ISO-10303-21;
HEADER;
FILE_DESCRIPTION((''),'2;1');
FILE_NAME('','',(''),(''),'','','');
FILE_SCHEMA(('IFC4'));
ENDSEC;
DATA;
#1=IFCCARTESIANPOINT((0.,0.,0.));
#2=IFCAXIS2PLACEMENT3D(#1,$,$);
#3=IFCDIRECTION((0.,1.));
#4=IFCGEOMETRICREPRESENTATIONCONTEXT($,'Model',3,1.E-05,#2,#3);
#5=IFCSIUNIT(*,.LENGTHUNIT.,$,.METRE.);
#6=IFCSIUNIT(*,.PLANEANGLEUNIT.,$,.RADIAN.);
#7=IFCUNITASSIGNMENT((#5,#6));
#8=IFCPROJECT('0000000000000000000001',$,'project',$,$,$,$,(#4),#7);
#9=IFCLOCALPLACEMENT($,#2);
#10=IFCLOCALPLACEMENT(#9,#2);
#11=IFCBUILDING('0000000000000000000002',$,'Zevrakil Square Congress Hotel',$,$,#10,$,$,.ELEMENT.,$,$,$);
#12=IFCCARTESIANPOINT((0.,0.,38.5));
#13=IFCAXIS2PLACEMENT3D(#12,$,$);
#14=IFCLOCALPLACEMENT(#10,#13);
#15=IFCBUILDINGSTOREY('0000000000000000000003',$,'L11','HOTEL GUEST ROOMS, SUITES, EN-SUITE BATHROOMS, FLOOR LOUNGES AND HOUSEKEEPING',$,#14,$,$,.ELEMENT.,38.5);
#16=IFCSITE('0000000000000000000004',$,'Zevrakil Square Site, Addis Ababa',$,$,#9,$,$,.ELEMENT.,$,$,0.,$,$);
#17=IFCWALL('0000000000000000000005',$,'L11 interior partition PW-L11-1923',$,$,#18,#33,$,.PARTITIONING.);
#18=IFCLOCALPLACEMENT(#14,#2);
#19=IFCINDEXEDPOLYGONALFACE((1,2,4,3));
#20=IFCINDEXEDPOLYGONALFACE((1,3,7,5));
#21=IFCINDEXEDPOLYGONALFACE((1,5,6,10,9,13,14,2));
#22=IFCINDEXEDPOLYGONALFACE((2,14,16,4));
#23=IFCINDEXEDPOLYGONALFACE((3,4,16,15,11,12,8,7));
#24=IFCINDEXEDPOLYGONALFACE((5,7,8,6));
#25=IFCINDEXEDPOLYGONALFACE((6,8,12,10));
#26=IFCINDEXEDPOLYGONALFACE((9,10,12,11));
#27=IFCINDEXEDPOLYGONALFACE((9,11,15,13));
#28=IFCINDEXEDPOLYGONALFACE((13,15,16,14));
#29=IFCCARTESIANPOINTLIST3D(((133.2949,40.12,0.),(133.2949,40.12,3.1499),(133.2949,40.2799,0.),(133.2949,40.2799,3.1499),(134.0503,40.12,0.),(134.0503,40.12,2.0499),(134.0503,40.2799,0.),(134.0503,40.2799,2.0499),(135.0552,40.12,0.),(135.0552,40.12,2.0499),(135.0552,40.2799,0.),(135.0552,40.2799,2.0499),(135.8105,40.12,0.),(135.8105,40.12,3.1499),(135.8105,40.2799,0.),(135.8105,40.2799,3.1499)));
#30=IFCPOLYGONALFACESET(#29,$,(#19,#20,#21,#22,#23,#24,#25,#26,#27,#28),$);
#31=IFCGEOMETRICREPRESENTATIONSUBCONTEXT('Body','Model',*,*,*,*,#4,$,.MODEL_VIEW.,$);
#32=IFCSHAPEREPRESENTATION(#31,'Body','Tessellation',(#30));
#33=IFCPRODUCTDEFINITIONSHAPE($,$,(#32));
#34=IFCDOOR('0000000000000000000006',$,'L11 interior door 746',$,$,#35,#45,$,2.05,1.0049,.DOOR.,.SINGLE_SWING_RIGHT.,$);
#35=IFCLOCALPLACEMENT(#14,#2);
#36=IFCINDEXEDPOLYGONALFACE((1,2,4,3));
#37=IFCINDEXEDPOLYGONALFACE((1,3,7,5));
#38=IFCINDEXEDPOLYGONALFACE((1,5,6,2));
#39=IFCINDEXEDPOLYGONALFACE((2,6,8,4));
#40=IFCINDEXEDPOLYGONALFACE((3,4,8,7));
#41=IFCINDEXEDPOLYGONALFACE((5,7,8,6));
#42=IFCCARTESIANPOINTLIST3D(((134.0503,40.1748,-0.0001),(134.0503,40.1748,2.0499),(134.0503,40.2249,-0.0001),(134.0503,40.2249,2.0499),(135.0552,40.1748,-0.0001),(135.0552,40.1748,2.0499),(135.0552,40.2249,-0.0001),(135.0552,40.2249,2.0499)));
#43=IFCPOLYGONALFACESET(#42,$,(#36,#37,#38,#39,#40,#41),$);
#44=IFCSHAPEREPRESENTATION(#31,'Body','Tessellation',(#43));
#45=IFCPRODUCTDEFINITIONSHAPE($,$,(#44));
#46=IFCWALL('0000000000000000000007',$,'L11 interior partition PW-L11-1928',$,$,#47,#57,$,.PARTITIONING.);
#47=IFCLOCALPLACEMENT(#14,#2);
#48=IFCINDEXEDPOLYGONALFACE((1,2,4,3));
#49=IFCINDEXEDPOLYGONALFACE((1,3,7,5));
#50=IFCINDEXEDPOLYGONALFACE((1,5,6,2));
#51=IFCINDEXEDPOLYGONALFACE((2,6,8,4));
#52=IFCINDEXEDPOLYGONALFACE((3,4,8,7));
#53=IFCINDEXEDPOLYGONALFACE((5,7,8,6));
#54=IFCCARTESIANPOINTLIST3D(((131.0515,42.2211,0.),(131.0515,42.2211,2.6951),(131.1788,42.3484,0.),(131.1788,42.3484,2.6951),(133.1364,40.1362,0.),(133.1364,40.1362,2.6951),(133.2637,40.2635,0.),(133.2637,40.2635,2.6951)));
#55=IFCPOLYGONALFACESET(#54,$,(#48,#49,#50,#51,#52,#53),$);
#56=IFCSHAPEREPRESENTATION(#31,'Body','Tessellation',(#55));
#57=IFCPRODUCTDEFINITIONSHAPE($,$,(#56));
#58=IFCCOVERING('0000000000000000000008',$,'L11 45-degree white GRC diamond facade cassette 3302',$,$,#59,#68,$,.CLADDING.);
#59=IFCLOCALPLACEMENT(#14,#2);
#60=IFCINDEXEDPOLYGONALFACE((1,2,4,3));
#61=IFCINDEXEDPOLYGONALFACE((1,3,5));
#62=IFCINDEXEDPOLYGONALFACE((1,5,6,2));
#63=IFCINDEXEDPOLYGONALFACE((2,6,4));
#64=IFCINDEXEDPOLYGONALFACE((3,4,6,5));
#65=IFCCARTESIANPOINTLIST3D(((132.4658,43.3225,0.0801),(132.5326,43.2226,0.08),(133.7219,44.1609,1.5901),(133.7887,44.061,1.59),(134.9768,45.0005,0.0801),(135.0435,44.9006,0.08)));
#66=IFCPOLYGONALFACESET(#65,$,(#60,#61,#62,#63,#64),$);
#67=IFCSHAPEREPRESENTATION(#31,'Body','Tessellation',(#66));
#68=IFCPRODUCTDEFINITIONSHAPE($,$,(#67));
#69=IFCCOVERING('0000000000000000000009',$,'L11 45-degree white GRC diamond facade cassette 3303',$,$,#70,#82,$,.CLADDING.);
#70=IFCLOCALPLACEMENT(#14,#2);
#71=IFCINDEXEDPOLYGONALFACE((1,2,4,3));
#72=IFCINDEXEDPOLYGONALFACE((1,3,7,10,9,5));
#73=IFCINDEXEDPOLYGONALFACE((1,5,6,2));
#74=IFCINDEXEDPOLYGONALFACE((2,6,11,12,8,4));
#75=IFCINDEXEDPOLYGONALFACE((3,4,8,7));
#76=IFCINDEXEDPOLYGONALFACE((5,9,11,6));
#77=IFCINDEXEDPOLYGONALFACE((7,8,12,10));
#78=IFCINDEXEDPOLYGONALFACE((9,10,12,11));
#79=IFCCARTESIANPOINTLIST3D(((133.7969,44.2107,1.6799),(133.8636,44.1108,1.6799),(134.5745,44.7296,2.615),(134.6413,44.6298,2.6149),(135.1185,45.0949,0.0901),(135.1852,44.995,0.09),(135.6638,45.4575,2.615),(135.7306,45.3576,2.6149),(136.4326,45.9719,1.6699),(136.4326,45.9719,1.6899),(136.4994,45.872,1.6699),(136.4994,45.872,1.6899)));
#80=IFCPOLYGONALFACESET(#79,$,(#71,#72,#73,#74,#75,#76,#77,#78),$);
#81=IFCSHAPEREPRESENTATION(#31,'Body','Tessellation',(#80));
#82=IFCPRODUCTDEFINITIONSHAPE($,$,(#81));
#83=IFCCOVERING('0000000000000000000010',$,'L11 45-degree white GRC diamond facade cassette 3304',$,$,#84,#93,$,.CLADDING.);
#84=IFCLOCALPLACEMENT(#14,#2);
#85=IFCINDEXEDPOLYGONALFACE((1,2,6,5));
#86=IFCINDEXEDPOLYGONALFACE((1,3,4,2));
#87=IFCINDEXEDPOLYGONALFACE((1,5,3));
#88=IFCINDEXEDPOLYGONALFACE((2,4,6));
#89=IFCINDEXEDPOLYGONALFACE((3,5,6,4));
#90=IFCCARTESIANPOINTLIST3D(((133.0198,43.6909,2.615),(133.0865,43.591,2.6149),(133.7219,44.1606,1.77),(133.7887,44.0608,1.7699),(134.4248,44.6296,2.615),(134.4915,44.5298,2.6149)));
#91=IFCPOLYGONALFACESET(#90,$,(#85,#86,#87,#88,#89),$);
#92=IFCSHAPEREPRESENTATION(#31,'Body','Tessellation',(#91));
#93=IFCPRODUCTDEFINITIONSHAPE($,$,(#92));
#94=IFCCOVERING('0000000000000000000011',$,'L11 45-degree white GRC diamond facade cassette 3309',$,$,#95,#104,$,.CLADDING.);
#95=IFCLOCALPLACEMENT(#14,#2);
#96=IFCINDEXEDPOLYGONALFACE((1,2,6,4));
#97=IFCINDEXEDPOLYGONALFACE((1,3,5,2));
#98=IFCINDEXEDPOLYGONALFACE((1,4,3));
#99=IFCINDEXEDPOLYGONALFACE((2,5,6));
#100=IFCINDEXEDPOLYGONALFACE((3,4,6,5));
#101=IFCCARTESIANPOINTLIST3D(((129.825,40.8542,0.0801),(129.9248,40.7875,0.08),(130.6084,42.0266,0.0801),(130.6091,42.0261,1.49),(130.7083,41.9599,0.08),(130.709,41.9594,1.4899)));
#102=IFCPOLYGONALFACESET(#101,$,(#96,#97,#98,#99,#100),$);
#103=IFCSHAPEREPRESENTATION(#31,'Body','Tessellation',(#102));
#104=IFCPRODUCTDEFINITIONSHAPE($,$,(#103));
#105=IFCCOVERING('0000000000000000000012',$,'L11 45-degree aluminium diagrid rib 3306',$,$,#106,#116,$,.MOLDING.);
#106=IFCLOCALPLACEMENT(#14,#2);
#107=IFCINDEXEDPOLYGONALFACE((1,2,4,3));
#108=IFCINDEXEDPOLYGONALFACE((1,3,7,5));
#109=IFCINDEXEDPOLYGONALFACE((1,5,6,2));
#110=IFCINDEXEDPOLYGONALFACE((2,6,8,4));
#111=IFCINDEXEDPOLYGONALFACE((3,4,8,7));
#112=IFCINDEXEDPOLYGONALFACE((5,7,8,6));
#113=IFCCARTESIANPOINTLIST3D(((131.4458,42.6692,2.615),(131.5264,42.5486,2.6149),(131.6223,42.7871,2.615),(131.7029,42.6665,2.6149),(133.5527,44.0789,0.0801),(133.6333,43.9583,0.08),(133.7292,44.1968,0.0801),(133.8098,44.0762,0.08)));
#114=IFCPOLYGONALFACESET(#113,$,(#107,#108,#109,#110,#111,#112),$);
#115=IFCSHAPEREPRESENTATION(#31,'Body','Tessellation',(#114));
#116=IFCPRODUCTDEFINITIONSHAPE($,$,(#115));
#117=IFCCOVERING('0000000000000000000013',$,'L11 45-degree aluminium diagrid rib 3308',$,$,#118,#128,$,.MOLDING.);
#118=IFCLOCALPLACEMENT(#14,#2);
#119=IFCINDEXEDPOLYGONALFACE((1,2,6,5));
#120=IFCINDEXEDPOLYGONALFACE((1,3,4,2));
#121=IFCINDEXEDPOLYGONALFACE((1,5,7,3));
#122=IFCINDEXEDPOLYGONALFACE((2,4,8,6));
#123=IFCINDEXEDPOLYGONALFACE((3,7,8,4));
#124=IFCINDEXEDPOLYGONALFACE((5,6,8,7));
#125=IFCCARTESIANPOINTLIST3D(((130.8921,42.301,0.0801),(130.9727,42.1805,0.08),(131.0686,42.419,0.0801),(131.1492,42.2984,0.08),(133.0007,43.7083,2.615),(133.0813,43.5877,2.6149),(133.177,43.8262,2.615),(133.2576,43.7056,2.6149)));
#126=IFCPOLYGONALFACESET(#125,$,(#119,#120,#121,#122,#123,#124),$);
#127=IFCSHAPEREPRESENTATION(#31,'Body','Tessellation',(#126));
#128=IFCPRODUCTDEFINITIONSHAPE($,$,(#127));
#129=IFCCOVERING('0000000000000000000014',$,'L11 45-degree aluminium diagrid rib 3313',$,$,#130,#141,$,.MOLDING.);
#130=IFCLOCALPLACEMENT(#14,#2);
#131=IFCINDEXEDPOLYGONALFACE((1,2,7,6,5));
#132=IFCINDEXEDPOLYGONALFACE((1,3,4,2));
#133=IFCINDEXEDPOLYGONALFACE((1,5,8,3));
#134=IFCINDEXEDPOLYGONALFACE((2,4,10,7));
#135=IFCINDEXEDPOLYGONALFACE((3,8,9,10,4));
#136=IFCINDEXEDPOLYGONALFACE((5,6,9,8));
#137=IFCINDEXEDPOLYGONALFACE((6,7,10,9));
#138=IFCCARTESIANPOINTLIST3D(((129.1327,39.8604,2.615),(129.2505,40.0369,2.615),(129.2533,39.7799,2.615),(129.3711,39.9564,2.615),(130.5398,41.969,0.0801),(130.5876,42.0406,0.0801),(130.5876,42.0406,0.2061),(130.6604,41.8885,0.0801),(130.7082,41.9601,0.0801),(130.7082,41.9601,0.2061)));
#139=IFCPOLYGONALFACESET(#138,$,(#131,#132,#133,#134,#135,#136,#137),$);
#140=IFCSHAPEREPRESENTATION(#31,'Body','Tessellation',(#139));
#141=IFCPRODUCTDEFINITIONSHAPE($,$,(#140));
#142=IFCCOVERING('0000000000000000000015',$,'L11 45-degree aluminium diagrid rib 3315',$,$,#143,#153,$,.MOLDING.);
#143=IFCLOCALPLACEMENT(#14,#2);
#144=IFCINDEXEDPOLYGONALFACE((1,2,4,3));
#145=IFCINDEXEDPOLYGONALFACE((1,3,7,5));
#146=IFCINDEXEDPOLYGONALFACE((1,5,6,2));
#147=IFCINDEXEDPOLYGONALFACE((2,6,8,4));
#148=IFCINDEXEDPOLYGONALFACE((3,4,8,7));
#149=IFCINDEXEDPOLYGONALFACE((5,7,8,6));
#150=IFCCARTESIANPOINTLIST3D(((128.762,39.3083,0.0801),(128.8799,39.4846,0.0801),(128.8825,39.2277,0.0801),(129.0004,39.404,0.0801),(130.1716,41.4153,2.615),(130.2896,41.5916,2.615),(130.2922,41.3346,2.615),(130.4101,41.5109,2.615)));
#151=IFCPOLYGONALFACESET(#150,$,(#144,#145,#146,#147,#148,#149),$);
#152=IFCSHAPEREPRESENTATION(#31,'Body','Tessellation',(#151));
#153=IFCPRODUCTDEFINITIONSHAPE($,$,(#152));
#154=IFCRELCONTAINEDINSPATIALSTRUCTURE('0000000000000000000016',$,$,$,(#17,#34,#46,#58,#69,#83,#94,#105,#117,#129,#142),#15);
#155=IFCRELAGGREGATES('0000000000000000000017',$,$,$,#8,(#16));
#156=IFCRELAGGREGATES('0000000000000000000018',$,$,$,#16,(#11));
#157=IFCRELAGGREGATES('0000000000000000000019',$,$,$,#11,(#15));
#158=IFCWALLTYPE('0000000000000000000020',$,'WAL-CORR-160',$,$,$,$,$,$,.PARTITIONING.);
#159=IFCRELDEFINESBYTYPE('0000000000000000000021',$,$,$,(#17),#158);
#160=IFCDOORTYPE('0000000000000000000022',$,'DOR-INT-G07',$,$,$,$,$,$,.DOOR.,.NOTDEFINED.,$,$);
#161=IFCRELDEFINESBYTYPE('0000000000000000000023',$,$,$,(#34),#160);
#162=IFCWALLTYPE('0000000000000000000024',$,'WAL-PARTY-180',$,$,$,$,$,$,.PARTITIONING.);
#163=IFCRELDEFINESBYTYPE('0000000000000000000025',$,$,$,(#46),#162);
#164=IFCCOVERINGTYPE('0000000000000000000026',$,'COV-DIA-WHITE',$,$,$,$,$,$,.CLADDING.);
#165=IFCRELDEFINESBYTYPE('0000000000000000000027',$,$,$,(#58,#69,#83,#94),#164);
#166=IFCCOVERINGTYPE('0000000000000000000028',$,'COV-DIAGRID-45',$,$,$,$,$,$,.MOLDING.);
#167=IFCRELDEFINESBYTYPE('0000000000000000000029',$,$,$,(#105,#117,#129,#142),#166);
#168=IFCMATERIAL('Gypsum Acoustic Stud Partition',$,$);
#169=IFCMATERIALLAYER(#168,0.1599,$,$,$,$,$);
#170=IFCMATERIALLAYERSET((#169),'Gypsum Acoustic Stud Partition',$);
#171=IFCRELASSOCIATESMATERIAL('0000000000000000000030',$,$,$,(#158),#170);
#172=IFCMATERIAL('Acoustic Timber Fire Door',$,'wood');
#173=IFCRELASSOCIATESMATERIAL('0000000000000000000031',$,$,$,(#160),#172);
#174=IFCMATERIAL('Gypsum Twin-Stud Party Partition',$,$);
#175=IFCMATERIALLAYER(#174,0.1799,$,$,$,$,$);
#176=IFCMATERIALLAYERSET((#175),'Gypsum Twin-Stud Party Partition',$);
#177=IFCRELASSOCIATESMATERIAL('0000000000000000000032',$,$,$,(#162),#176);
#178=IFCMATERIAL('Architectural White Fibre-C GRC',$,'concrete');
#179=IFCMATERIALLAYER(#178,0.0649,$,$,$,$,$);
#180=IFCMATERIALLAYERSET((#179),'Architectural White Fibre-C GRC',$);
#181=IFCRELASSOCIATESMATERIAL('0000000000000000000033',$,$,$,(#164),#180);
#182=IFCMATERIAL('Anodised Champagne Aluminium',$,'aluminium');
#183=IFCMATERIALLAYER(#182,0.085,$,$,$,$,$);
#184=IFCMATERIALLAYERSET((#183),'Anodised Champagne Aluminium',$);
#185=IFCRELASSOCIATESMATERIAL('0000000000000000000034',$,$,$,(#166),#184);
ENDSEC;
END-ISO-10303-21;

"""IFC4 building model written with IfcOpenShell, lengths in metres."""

from ifc_helpers import new_model, si_unit, direction, frame, frame_2d, origin, place, context, subcontext, project, spatial, polyline, rectangle, outline, extrude, material, layer, layer_set, type_object, element, fill, save


model = new_model("IFC4")

# Units and contexts
model_context = context("Model", 3, precision=1e-05, world=origin(), true_north=direction((0.0, 1.0)))
body_context = subcontext(model_context, "Body", "Model", "MODEL_VIEW")
ifc_project = project(units=[si_unit("LENGTHUNIT", "METRE"), si_unit("PLANEANGLEUNIT", "RADIAN")], contexts=[model_context])

# Site, building, storey
site_placement = place(None, origin())
site = spatial("IfcSite", under=ifc_project, at=site_placement, Name="Zevrakil Square Site, Addis Ababa", CompositionType="ELEMENT", RefElevation=0.0)
building_placement = place(site_placement, origin())
building = spatial("IfcBuilding", under=site, at=building_placement, Name="Zevrakil Square Congress Hotel", CompositionType="ELEMENT")
storey_placement = place(building_placement, frame((0.0, 0.0, 38.5)))
storey = spatial("IfcBuildingStorey", under=building, at=storey_placement, Name="L11", Description="HOTEL GUEST ROOMS, SUITES, EN-SUITE BATHROOMS, FLOOR LOUNGES AND HOUSEKEEPING", CompositionType="ELEMENT", Elevation=38.5)

# Wall, opening, door
ifc_material_1 = material(Name="Gypsum Acoustic Stud Partition")
ifc_layer_1 = layer(ifc_material_1, 0.1599)
ifc_layer_set_1 = layer_set([ifc_layer_1], Name="Gypsum Acoustic Stud Partition")
wall_type_1 = type_object("IfcWallType", Name="WAL-CORR-160", PredefinedType="PARTITIONING", material=ifc_layer_set_1)
wall_1_placement = place(storey_placement, frame((133.2949, 40.2, 0.0), z_axis=(0.0, 0.0, 1.0), x_axis=(1.0, 0.0, 0.0)))
wall_1 = element("IfcWall", 1, at=wall_1_placement, inside=storey, type_object=wall_type_1, Name="L11 interior partition PW-L11-1923", PredefinedType="PARTITIONING", context=body_context, shape_type="SweptSolid", body=[
    extrude(rectangle(XDim=2.5156, YDim=0.1599, at=frame_2d((1.2578, 0.0))), origin(), (0.0, 0.0, 1.0), 3.1499),
])
opening_placement = place(wall_1_placement, frame((0.7554, 0.0, 0.0)))
opening = element("IfcOpeningElement", 2, at=opening_placement, cuts=wall_1, PredefinedType="OPENING", context=body_context, shape_type="SweptSolid", body=[
    extrude(rectangle(XDim=1.0049, YDim=2.05, at=frame_2d((0.5024, 1.0249))), frame((0.0, 0.0898, 0.0), z_axis=(0.0, -1.0, 0.0), x_axis=(1.0, 0.0, 0.0)), (0.0, 0.0, 1.0), 0.1799),
])
ifc_material_2 = material(Name="Acoustic Timber Fire Door", Category="wood")
door_type = type_object("IfcDoorType", Name="DOR-INT-G07", OperationType="NOTDEFINED", PredefinedType="DOOR", material=ifc_material_2)
door_placement = place(opening_placement, origin())
door = element("IfcDoor", 3, at=door_placement, inside=storey, type_object=door_type, Name="L11 interior door 746", OperationType="SINGLE_SWING_RIGHT", OverallHeight=2.05, OverallWidth=1.0049, PredefinedType="DOOR", context=body_context, shape_type="SweptSolid", body=[
    extrude(rectangle(XDim=1.0049, YDim=2.05, at=frame_2d((0.5024, 1.0249))), frame((0.0, 0.0249, 0.0), z_axis=(0.0, -1.0, 0.0), x_axis=(1.0, 0.0, 0.0)), (0.0, 0.0, 1.0), 0.05),
])
fill(opening, door)

# Wall
ifc_material_3 = material(Name="Gypsum Twin-Stud Party Partition")
ifc_layer_2 = layer(ifc_material_3, 0.1799)
ifc_layer_set_2 = layer_set([ifc_layer_2], Name="Gypsum Twin-Stud Party Partition")
wall_type_2 = type_object("IfcWallType", Name="WAL-PARTY-180", PredefinedType="PARTITIONING", material=ifc_layer_set_2)
wall_2_placement = place(storey_placement, frame((133.2, 40.2, 0.0), z_axis=(0.0, 0.0, 1.0), x_axis=(-0.707107, 0.707107, 0.0)))
element("IfcWall", 4, at=wall_2_placement, inside=storey, type_object=wall_type_2, Name="L11 interior partition PW-L11-1928", PredefinedType="PARTITIONING", context=body_context, shape_type="SweptSolid", body=[
    extrude(rectangle(XDim=2.9485, YDim=0.1799, at=frame_2d((1.4741, 0.0))), origin(), (0.0, 0.0, 1.0), 2.6951),
])

# Coverings
ifc_material_4 = material(Name="Architectural White Fibre-C GRC", Category="concrete")
ifc_layer_3 = layer(ifc_material_4, 0.0649)
ifc_layer_set_3 = layer_set([ifc_layer_3], Name="Architectural White Fibre-C GRC")
covering_type_1 = type_object("IfcCoveringType", Name="COV-DIA-WHITE", PredefinedType="CLADDING", material=ifc_layer_set_3)
covering_1_placement = place(storey_placement, frame((133.7219, 44.1609, 1.5901), z_axis=(-0.555614, 0.83144, 0.000561), x_axis=(-0.588172, -0.392572, -0.707064)))
element("IfcCovering", 5, at=covering_1_placement, inside=storey, type_object=covering_type_1, Name="L11 45-degree white GRC diamond facade cassette 3302", PredefinedType="CLADDING", context=body_context, shape_type="SweptSolid", body=[
    extrude(outline(polyline([(0.0, 0.0), (2.1356, 0.0), (0.0, -2.1354), (0.0, 0.0)])), origin(), (0.0, 0.0, -1.0), 0.1201),
])
covering_2_placement = place(storey_placement, frame((133.7969, 44.2107, 1.6799), z_axis=(-0.555579, 0.831464, 0.000594), x_axis=(0.587746, 0.393234, -0.707051)))
element("IfcCovering", 6, at=covering_2_placement, inside=storey, type_object=covering_type_1, Name="L11 45-degree white GRC diamond facade cassette 3303", PredefinedType="CLADDING", context=body_context, shape_type="SweptSolid", body=[
    extrude(outline(polyline([(0.0, 0.0), (2.2486, 0.0), (2.2488, -2.2343), (2.2346, -2.2485), (0.9264, -2.2486), (0.0, -1.3223), (0.0, 0.0)])), origin(), (0.0, 0.0, -1.0), 0.1201),
])
covering_3_placement = place(storey_placement, frame((133.7219, 44.1606, 1.77), z_axis=(-0.555533, 0.831494, 0.000601), x_axis=(0.588196, 0.392471, 0.707101)))
element("IfcCovering", 7, at=covering_3_placement, inside=storey, type_object=covering_type_1, Name="L11 45-degree white GRC diamond facade cassette 3304", PredefinedType="CLADDING", context=body_context, shape_type="SweptSolid", body=[
    extrude(outline(polyline([(0.0, 0.0), (1.195, 0.0), (0.0001, -1.1948), (0.0, 0.0)])), origin(), (0.0, 0.0, -1.0), 0.1201),
])
covering_4_placement = place(storey_placement, frame((129.825, 40.8542, 0.0801), z_axis=(-0.831437, 0.555619, 0.000624), x_axis=(0.555619, 0.831437, 0.0)))
element("IfcCovering", 8, at=covering_4_placement, inside=storey, type_object=covering_type_1, Name="L11 45-degree white GRC diamond facade cassette 3309", PredefinedType="CLADDING", context=body_context, shape_type="SweptSolid", body=[
    extrude(outline(polyline([(0.0, 0.0), (1.41, 0.0), (1.41, -1.4099), (0.0, 0.0)])), origin(), (0.0, 0.0, -1.0), 0.1201),
])
ifc_material_5 = material(Name="Anodised Champagne Aluminium", Category="aluminium")
ifc_layer_4 = layer(ifc_material_5, 0.085)
ifc_layer_set_4 = layer_set([ifc_layer_4], Name="Anodised Champagne Aluminium")
covering_type_2 = type_object("IfcCoveringType", Name="COV-DIAGRID-45", PredefinedType="MOLDING", material=ifc_layer_set_4)
covering_5_placement = place(storey_placement, frame((133.5527, 44.0789, 0.0801), z_axis=(-0.555496, 0.831519, 0.000699), x_axis=(0.831519, 0.555496, 0.0)))
element("IfcCovering", 9, at=covering_5_placement, inside=storey, type_object=covering_type_2, Name="L11 45-degree aluminium diagrid rib 3306", PredefinedType="MOLDING", context=body_context, shape_type="SweptSolid", body=[
    extrude(outline(polyline([(0.0, 0.0), (0.2123, 0.0), (-2.3227, -2.5349), (-2.535, -2.5349), (0.0, 0.0)])), origin(), (0.0, 0.0, -1.0), 0.145),
])
covering_6_placement = place(storey_placement, frame((133.177, 43.8262, 2.615), z_axis=(-0.555762, 0.831341, 0.000769), x_axis=(-0.831342, -0.555762, 0.0)))
element("IfcCovering", 10, at=covering_6_placement, inside=storey, type_object=covering_type_2, Name="L11 45-degree aluminium diagrid rib 3308", PredefinedType="MOLDING", context=body_context, shape_type="SweptSolid", body=[
    extrude(outline(polyline([(0.0, 0.0), (0.2121, 0.0), (2.7472, -2.5349), (2.5349, -2.5349), (0.0, 0.0)])), origin(), (0.0, 0.0, -1.0), 0.145),
])
covering_7_placement = place(storey_placement, frame((130.5398, 41.969, 0.0801), z_axis=(-0.831795, 0.555084, 0.000011), x_axis=(0.555084, 0.831795, 0.0)))
element("IfcCovering", 11, at=covering_7_placement, inside=storey, type_object=covering_type_2, Name="L11 45-degree aluminium diagrid rib 3313", PredefinedType="MOLDING", context=body_context, shape_type="SweptSolid", body=[
    extrude(outline(polyline([(0.0, 0.0), (0.0861, 0.0), (0.0861, -0.126), (-2.3228, -2.5349), (-2.535, -2.5349), (0.0, 0.0)])), origin(), (0.0, 0.0, -1.0), 0.145),
])
covering_8_placement = place(storey_placement, frame((130.2896, 41.5916, 2.615), z_axis=(-0.831164, 0.556028, 0.00006), x_axis=(-0.556028, -0.831164, 0.0)))
element("IfcCovering", 12, at=covering_8_placement, inside=storey, type_object=covering_type_2, Name="L11 45-degree aluminium diagrid rib 3315", PredefinedType="MOLDING", context=body_context, shape_type="SweptSolid", body=[
    extrude(outline(polyline([(0.0, 0.0), (0.2121, 0.0), (2.7471, -2.5349), (2.535, -2.5349), (0.0, 0.0)])), origin(), (0.0, 0.0, -1.0), 0.145),
])

save(model, "model.ifc")
